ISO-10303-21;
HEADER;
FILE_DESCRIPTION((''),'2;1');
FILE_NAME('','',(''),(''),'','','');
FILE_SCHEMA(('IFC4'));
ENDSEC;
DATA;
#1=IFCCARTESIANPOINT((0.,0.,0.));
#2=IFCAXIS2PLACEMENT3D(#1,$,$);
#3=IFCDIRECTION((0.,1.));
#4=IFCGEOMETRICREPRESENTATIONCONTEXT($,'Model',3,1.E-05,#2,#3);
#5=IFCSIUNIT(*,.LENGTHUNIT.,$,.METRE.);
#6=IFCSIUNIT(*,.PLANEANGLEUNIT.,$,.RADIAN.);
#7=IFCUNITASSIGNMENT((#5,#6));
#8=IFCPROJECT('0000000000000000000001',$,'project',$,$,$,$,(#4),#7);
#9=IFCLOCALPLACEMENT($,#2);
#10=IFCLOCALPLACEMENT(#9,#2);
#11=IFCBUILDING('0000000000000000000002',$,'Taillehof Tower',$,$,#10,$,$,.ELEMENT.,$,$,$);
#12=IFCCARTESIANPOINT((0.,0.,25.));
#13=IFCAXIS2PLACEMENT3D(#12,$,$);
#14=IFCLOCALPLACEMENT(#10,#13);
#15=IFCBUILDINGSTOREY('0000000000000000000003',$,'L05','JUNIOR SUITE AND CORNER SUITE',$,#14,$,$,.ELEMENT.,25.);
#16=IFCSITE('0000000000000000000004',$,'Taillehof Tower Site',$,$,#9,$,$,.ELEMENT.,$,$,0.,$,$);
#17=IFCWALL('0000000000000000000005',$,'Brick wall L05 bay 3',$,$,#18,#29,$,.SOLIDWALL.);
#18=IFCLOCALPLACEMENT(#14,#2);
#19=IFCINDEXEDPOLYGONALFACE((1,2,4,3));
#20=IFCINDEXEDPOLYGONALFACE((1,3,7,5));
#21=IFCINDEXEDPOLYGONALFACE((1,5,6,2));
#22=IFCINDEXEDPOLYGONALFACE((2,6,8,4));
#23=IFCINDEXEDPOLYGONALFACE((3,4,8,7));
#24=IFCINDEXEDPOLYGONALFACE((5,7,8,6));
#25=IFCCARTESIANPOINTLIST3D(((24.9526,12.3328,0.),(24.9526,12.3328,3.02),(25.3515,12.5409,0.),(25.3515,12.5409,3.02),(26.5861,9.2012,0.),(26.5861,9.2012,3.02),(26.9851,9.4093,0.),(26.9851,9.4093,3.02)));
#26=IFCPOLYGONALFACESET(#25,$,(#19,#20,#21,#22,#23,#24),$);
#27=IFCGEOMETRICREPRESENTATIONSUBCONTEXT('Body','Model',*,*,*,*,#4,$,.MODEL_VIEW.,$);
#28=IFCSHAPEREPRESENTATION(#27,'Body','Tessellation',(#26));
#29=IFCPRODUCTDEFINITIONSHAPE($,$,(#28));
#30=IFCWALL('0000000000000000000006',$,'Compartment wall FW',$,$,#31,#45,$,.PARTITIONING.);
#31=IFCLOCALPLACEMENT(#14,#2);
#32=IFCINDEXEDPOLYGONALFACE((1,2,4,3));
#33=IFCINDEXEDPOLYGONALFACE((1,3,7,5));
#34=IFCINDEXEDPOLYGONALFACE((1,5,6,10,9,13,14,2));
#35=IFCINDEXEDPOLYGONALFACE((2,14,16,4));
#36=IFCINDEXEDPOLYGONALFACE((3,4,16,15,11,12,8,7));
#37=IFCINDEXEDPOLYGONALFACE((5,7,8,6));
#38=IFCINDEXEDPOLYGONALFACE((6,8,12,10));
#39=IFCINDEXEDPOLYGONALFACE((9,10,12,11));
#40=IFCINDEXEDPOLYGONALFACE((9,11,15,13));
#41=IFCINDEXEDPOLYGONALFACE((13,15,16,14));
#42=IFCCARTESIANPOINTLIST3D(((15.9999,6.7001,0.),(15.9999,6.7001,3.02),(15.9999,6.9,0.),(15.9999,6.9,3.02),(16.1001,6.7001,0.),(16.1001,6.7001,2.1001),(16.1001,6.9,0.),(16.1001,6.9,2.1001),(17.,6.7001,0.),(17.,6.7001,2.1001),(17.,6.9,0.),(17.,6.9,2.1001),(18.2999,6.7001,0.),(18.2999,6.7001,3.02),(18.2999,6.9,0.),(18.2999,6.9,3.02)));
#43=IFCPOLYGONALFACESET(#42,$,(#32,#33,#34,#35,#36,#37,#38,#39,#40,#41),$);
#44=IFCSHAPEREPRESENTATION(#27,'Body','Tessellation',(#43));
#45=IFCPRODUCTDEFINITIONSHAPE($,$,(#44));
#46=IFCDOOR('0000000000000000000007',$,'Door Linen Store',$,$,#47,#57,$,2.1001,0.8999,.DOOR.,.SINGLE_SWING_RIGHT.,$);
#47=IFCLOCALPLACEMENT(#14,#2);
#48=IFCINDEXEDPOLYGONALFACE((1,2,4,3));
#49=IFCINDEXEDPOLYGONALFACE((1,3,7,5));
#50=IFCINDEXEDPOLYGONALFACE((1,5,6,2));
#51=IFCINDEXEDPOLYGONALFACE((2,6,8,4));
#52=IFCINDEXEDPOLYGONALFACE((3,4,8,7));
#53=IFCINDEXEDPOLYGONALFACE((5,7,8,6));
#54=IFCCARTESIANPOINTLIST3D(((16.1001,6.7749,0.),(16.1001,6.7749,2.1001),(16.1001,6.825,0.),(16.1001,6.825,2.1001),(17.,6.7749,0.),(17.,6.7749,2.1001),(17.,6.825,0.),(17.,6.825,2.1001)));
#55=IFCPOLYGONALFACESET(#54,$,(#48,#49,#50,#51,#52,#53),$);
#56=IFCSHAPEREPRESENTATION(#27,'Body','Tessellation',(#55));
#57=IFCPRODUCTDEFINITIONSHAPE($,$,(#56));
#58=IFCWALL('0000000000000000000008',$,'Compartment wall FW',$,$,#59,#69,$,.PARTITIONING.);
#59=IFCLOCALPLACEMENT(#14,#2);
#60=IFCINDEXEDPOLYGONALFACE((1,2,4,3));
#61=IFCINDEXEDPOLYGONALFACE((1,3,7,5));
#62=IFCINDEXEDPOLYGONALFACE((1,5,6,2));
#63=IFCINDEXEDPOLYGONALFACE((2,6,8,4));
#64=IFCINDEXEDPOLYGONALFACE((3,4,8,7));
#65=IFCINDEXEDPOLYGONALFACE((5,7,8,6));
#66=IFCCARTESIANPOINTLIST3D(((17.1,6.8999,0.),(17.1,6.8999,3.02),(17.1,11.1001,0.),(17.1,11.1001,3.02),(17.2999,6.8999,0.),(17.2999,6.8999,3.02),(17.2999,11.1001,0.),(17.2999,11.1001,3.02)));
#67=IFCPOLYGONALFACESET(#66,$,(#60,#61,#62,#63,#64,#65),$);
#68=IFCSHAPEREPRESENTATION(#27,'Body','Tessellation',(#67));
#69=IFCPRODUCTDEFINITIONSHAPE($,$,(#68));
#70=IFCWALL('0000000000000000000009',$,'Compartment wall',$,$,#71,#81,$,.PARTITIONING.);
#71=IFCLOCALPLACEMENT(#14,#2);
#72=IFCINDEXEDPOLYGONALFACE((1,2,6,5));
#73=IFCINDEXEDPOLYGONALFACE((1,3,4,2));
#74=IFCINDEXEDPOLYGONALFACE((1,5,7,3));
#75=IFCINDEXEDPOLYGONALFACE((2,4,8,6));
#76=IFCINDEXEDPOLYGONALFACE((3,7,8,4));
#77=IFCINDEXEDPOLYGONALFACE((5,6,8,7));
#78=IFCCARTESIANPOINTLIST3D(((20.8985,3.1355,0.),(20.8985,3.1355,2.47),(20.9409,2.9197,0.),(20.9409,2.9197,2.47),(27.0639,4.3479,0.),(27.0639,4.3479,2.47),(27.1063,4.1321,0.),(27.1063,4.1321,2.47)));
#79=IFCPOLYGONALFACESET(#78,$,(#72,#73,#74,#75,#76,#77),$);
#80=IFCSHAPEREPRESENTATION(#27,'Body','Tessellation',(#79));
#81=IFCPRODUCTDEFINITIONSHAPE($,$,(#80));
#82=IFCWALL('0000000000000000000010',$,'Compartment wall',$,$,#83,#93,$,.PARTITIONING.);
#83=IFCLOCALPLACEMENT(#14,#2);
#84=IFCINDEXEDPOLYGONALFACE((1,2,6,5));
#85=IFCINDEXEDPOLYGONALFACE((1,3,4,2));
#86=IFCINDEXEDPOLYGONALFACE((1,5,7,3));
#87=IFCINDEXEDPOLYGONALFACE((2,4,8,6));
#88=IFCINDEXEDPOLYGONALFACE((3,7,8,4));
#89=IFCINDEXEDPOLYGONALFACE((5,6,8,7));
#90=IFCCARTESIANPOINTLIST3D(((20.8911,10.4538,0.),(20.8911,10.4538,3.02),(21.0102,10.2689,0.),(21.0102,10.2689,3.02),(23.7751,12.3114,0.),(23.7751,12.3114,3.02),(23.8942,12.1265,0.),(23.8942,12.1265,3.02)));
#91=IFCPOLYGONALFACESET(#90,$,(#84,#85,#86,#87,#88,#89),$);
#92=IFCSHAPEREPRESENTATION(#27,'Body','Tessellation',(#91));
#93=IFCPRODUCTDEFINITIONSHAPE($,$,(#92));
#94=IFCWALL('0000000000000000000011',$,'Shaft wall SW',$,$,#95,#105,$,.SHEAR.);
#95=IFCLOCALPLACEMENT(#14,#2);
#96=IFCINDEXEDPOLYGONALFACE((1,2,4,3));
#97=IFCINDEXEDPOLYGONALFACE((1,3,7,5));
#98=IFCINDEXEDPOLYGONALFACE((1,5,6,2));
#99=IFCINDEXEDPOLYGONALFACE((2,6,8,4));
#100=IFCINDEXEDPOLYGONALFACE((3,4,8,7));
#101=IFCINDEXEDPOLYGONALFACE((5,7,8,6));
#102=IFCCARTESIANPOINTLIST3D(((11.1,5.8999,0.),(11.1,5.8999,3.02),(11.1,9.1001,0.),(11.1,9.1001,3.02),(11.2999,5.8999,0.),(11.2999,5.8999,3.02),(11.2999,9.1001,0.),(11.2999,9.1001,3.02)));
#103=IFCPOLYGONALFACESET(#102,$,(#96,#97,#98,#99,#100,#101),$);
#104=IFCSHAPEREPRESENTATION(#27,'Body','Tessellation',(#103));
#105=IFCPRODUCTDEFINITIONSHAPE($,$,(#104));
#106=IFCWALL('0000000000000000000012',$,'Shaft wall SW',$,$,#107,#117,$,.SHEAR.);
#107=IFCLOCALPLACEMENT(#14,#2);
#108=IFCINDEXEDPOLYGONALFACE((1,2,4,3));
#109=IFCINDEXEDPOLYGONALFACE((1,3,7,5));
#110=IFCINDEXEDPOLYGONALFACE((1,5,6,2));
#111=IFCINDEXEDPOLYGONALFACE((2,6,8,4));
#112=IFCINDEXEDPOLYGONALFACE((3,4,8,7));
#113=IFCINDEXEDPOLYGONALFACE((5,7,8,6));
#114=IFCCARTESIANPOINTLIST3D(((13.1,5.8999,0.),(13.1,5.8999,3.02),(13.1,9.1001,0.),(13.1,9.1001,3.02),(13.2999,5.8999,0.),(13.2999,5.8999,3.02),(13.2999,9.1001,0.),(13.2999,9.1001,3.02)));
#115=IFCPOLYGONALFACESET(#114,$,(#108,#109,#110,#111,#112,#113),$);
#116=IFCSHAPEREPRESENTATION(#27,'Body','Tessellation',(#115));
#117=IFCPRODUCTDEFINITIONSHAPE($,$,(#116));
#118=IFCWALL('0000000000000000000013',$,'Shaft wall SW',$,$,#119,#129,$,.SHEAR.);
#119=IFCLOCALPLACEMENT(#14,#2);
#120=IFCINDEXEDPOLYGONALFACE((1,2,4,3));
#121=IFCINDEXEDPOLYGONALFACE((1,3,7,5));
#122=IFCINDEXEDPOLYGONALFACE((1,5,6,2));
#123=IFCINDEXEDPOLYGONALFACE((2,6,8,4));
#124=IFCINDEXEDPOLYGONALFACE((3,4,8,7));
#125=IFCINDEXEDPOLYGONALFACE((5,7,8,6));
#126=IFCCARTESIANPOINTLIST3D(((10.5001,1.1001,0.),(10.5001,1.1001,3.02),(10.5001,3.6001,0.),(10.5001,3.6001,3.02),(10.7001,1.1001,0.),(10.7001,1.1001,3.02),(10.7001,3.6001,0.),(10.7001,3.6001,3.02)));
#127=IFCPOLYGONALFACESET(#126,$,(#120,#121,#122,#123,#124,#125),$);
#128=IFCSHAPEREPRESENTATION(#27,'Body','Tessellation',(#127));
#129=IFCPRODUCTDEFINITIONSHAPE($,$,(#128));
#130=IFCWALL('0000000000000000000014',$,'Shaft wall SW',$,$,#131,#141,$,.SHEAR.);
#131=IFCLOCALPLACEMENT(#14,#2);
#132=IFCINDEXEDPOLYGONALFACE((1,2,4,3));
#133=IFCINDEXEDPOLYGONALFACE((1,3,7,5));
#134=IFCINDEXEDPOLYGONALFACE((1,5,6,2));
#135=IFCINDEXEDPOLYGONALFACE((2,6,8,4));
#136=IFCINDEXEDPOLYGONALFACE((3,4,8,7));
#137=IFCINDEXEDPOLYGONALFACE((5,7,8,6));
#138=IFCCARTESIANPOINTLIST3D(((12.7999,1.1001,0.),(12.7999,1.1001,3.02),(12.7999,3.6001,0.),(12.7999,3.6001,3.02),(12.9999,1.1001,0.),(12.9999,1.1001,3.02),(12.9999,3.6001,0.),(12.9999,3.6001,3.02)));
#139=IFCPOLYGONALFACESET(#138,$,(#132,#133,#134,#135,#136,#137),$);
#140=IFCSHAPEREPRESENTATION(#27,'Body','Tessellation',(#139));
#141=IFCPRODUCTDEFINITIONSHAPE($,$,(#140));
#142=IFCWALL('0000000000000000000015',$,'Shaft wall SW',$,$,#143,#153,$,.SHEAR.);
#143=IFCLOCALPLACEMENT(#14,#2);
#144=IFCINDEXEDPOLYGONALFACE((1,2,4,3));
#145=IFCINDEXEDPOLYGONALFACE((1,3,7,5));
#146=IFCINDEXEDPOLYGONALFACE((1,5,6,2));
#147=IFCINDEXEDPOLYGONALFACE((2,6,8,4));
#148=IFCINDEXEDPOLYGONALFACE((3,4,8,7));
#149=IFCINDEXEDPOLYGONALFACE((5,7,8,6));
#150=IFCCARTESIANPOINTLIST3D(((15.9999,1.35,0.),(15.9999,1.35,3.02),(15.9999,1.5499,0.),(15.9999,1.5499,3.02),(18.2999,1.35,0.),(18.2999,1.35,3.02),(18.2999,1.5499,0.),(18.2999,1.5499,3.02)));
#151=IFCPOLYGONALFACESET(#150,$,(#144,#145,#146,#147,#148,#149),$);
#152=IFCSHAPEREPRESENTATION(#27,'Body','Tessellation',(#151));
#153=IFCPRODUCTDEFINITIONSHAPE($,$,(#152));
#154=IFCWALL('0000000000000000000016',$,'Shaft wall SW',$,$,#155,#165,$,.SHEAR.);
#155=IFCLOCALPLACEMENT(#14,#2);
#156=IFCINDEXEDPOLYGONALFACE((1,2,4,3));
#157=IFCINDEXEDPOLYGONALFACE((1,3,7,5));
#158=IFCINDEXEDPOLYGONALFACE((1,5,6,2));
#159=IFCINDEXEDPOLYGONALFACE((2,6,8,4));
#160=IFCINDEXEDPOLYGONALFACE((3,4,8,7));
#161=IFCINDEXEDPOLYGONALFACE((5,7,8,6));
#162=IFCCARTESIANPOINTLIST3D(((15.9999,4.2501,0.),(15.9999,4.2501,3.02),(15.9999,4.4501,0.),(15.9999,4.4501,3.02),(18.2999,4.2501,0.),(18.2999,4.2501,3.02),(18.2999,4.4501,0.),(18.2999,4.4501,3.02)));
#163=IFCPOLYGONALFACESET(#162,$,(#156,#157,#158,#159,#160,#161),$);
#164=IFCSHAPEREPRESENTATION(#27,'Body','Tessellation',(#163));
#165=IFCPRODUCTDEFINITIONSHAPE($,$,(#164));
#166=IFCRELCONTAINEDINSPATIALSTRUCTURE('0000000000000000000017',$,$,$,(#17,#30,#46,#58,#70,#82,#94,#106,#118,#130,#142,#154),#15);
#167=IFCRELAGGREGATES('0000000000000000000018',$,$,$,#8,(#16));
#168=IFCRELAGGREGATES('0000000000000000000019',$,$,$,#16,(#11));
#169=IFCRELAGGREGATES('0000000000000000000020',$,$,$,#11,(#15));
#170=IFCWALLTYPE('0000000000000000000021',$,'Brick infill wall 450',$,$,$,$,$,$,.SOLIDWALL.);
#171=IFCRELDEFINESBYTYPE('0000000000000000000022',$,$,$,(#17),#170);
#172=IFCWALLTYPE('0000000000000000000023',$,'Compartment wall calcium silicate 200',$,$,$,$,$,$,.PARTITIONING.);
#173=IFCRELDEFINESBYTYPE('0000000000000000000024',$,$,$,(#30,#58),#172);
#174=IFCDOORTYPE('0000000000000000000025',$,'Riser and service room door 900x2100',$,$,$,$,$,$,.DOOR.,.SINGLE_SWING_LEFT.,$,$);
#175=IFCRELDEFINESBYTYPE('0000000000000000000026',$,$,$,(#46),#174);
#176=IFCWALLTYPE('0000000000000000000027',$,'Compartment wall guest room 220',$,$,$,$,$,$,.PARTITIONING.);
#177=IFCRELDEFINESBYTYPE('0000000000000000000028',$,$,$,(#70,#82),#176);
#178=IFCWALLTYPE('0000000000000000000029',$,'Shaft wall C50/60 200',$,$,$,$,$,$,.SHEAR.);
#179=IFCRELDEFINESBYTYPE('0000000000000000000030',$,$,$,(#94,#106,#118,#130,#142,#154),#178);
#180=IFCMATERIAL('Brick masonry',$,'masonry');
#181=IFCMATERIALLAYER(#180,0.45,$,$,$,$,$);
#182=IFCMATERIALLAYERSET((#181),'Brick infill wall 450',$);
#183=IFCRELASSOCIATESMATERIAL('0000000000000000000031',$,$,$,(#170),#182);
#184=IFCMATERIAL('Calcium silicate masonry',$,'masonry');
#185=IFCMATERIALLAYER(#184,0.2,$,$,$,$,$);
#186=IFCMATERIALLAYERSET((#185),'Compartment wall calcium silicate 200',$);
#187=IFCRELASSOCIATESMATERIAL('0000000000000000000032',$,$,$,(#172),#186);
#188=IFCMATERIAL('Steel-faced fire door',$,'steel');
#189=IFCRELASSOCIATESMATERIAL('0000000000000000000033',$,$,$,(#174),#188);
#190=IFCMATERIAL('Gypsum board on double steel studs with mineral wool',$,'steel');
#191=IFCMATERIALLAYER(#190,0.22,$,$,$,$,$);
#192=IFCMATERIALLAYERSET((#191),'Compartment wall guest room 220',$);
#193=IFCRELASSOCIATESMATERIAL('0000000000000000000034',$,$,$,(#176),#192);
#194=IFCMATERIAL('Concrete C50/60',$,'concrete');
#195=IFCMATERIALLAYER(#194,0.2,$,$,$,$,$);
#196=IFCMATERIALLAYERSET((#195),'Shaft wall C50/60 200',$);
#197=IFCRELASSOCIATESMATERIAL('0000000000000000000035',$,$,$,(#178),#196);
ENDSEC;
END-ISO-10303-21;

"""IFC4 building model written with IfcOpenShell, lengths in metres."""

from ifc_helpers import new_model, si_unit, direction, frame, frame_2d, origin, place, context, subcontext, project, spatial, rectangle, extrude, material, layer, layer_set, type_object, element, fill, save


model = new_model("IFC4")

# Units and contexts
model_context = context("Model", 3, precision=1e-05, world=origin(), true_north=direction((0.0, 1.0)))
body_context = subcontext(model_context, "Body", "Model", "MODEL_VIEW")
ifc_project = project(units=[si_unit("LENGTHUNIT", "METRE"), si_unit("PLANEANGLEUNIT", "RADIAN")], contexts=[model_context])

# Site, building, storey
site_placement = place(None, origin())
site = spatial("IfcSite", under=ifc_project, at=site_placement, Name="Taillehof Tower Site", CompositionType="ELEMENT", RefElevation=0.0)
building_placement = place(site_placement, origin())
building = spatial("IfcBuilding", under=site, at=building_placement, Name="Taillehof Tower", CompositionType="ELEMENT")
storey_placement = place(building_placement, frame((0.0, 0.0, 25.0)))
storey = spatial("IfcBuildingStorey", under=building, at=storey_placement, Name="L05", Description="JUNIOR SUITE AND CORNER SUITE", CompositionType="ELEMENT", Elevation=25.0)

# Shared definitions
ifc_material_1 = material(Name="Brick masonry", Category="masonry")
ifc_layer_1 = layer(ifc_material_1, 0.45)
ifc_layer_set_1 = layer_set([ifc_layer_1], Name="Brick infill wall 450")
wall_type_1 = type_object("IfcWallType", Name="Brick infill wall 450", PredefinedType="SOLIDWALL", material=ifc_layer_set_1)

# Wall
wall_1_placement = place(storey_placement, frame((26.7856, 9.3052, 0.0), z_axis=(0.0, 0.0, 1.0), x_axis=(-0.462493, 0.886623, 0.0)))
element("IfcWall", 1, at=wall_1_placement, inside=storey, type_object=wall_type_1, Name="Brick wall L05 bay 3", PredefinedType="SOLIDWALL", context=body_context, shape_type="SweptSolid", body=[
    extrude(rectangle(XDim=3.532, YDim=0.45, at=frame_2d((1.7661, 0.0))), origin(), (0.0, 0.0, 1.0), 3.02),
])

# Wall, opening, door
ifc_material_2 = material(Name="Calcium silicate masonry", Category="masonry")
ifc_layer_2 = layer(ifc_material_2, 0.2)
ifc_layer_set_2 = layer_set([ifc_layer_2], Name="Compartment wall calcium silicate 200")
wall_type_2 = type_object("IfcWallType", Name="Compartment wall calcium silicate 200", PredefinedType="PARTITIONING", material=ifc_layer_set_2)
wall_2_placement = place(storey_placement, frame((16.0, 6.8, 0.0), z_axis=(0.0, 0.0, 1.0), x_axis=(1.0, 0.0, 0.0)))
wall_2 = element("IfcWall", 2, at=wall_2_placement, inside=storey, type_object=wall_type_2, Name="Compartment wall FW", PredefinedType="PARTITIONING", context=body_context, shape_type="SweptSolid", body=[
    extrude(rectangle(XDim=2.3, YDim=0.2, at=frame_2d((1.1499, 0.0))), origin(), (0.0, 0.0, 1.0), 3.02),
])
opening_1_placement = place(wall_2_placement, frame((0.1001, 0.0, 0.0)))
opening_1 = element("IfcOpeningElement", 3, at=opening_1_placement, cuts=wall_2, PredefinedType="OPENING", context=body_context, shape_type="SweptSolid", body=[
    extrude(rectangle(XDim=0.8999, YDim=2.1001, at=frame_2d((0.45, 1.05))), frame((0.0, 0.1099, 0.0), z_axis=(0.0, -1.0, 0.0), x_axis=(1.0, 0.0, 0.0)), (0.0, 0.0, 1.0), 0.22),
])
ifc_material_3 = material(Name="Steel-faced fire door", Category="steel")
door_type = type_object("IfcDoorType", Name="Riser and service room door 900x2100", OperationType="SINGLE_SWING_LEFT", PredefinedType="DOOR", material=ifc_material_3)
door_placement = place(opening_1_placement, origin())
door = element("IfcDoor", 4, at=door_placement, inside=storey, type_object=door_type, Name="Door Linen Store", OperationType="SINGLE_SWING_RIGHT", OverallHeight=2.1001, OverallWidth=0.8999, PredefinedType="DOOR", context=body_context, shape_type="SweptSolid", body=[
    extrude(rectangle(XDim=0.8999, YDim=2.1001, at=frame_2d((0.45, 1.05))), frame((0.0, 0.0249, 0.0), z_axis=(0.0, -1.0, 0.0), x_axis=(1.0, 0.0, 0.0)), (0.0, 0.0, 1.0), 0.05),
])
fill(opening_1, door)

# Walls
wall_3_placement = place(storey_placement, frame((17.2, 6.8999, 0.0), z_axis=(0.0, 0.0, 1.0), x_axis=(0.0, 1.0, 0.0)))
element("IfcWall", 5, at=wall_3_placement, inside=storey, type_object=wall_type_2, Name="Compartment wall FW", PredefinedType="PARTITIONING", context=body_context, shape_type="SweptSolid", body=[
    extrude(rectangle(XDim=4.2002, YDim=0.2, at=frame_2d((2.1001, 0.0))), origin(), (0.0, 0.0, 1.0), 3.02),
])
ifc_material_4 = material(Name="Gypsum board on double steel studs with mineral wool", Category="steel")
ifc_layer_3 = layer(ifc_material_4, 0.22)
ifc_layer_set_3 = layer_set([ifc_layer_3], Name="Compartment wall guest room 220")
wall_type_3 = type_object("IfcWallType", Name="Compartment wall guest room 220", PredefinedType="PARTITIONING", material=ifc_layer_set_3)
wall_4_placement = place(storey_placement, frame((27.085, 4.24, 0.0), z_axis=(0.0, 0.0, 1.0), x_axis=(-0.981208, -0.192954, 0.0)))
element("IfcWall", 6, at=wall_4_placement, inside=storey, type_object=wall_type_3, Name="Compartment wall", PredefinedType="PARTITIONING", context=body_context, shape_type="SweptSolid", body=[
    extrude(rectangle(XDim=6.2834, YDim=0.22, at=frame_2d((3.1416, 0.0))), origin(), (0.0, 0.0, 1.0), 2.47),
])
wall_5_placement = place(storey_placement, frame((23.8347, 12.219, 0.0), z_axis=(0.0, 0.0, 1.0), x_axis=(-0.840695, -0.541509, 0.0)))
element("IfcWall", 7, at=wall_5_placement, inside=storey, type_object=wall_type_3, Name="Compartment wall", PredefinedType="PARTITIONING", context=body_context, shape_type="SweptSolid", body=[
    extrude(rectangle(XDim=3.4304, YDim=0.22, at=frame_2d((1.7153, 0.0))), origin(), (0.0, 0.0, 1.0), 3.02),
])
ifc_material_5 = material(Name="Concrete C50/60", Category="concrete")
ifc_layer_4 = layer(ifc_material_5, 0.2)
ifc_layer_set_4 = layer_set([ifc_layer_4], Name="Shaft wall C50/60 200")
wall_type_4 = type_object("IfcWallType", Name="Shaft wall C50/60 200", PredefinedType="SHEAR", material=ifc_layer_set_4)
for number, where, z_axis, x_axis, name in (
    (8, (11.2, 5.8999, 0.0), (0.0, 0.0, 1.0), (0.0, 1.0, 0.0), "Shaft wall SW"),
    (9, (13.2, 5.8999, 0.0), (0.0, 0.0, 1.0), (0.0, 1.0, 0.0), "Shaft wall SW"),
):
    element("IfcWall", number, at=place(storey_placement, frame(where, z_axis=z_axis, x_axis=x_axis)), inside=storey, type_object=wall_type_4, Name=name, PredefinedType="SHEAR", context=body_context, shape_type="SweptSolid", body=[
        extrude(rectangle(XDim=3.2002, YDim=0.2, at=frame_2d((1.6001, 0.0))), origin(), (0.0, 0.0, 1.0), 3.02),
    ])
for number, where, z_axis, x_axis, name in (
    (10, (10.6001, 1.1001, 0.0), (0.0, 0.0, 1.0), (0.0, 1.0, 0.0), "Shaft wall SW"),
    (11, (12.8999, 1.1001, 0.0), (0.0, 0.0, 1.0), (0.0, 1.0, 0.0), "Shaft wall SW"),
):
    element("IfcWall", number, at=place(storey_placement, frame(where, z_axis=z_axis, x_axis=x_axis)), inside=storey, type_object=wall_type_4, Name=name, PredefinedType="SHEAR", context=body_context, shape_type="SweptSolid", body=[
        extrude(rectangle(XDim=2.5, YDim=0.2, at=frame_2d((1.25, 0.0))), origin(), (0.0, 0.0, 1.0), 3.02),
    ])
for number, where, z_axis, x_axis, name in (
    (12, (16.0, 1.45, 0.0), (0.0, 0.0, 1.0), (1.0, 0.0, 0.0), "Shaft wall SW"),
    (13, (16.0, 4.3501, 0.0), (0.0, 0.0, 1.0), (1.0, 0.0, 0.0), "Shaft wall SW"),
):
    element("IfcWall", number, at=place(storey_placement, frame(where, z_axis=z_axis, x_axis=x_axis)), inside=storey, type_object=wall_type_4, Name=name, PredefinedType="SHEAR", context=body_context, shape_type="SweptSolid", body=[
        extrude(rectangle(XDim=2.3, YDim=0.2, at=frame_2d((1.1499, 0.0))), origin(), (0.0, 0.0, 1.0), 3.02),
    ])

save(model, "model.ifc")
